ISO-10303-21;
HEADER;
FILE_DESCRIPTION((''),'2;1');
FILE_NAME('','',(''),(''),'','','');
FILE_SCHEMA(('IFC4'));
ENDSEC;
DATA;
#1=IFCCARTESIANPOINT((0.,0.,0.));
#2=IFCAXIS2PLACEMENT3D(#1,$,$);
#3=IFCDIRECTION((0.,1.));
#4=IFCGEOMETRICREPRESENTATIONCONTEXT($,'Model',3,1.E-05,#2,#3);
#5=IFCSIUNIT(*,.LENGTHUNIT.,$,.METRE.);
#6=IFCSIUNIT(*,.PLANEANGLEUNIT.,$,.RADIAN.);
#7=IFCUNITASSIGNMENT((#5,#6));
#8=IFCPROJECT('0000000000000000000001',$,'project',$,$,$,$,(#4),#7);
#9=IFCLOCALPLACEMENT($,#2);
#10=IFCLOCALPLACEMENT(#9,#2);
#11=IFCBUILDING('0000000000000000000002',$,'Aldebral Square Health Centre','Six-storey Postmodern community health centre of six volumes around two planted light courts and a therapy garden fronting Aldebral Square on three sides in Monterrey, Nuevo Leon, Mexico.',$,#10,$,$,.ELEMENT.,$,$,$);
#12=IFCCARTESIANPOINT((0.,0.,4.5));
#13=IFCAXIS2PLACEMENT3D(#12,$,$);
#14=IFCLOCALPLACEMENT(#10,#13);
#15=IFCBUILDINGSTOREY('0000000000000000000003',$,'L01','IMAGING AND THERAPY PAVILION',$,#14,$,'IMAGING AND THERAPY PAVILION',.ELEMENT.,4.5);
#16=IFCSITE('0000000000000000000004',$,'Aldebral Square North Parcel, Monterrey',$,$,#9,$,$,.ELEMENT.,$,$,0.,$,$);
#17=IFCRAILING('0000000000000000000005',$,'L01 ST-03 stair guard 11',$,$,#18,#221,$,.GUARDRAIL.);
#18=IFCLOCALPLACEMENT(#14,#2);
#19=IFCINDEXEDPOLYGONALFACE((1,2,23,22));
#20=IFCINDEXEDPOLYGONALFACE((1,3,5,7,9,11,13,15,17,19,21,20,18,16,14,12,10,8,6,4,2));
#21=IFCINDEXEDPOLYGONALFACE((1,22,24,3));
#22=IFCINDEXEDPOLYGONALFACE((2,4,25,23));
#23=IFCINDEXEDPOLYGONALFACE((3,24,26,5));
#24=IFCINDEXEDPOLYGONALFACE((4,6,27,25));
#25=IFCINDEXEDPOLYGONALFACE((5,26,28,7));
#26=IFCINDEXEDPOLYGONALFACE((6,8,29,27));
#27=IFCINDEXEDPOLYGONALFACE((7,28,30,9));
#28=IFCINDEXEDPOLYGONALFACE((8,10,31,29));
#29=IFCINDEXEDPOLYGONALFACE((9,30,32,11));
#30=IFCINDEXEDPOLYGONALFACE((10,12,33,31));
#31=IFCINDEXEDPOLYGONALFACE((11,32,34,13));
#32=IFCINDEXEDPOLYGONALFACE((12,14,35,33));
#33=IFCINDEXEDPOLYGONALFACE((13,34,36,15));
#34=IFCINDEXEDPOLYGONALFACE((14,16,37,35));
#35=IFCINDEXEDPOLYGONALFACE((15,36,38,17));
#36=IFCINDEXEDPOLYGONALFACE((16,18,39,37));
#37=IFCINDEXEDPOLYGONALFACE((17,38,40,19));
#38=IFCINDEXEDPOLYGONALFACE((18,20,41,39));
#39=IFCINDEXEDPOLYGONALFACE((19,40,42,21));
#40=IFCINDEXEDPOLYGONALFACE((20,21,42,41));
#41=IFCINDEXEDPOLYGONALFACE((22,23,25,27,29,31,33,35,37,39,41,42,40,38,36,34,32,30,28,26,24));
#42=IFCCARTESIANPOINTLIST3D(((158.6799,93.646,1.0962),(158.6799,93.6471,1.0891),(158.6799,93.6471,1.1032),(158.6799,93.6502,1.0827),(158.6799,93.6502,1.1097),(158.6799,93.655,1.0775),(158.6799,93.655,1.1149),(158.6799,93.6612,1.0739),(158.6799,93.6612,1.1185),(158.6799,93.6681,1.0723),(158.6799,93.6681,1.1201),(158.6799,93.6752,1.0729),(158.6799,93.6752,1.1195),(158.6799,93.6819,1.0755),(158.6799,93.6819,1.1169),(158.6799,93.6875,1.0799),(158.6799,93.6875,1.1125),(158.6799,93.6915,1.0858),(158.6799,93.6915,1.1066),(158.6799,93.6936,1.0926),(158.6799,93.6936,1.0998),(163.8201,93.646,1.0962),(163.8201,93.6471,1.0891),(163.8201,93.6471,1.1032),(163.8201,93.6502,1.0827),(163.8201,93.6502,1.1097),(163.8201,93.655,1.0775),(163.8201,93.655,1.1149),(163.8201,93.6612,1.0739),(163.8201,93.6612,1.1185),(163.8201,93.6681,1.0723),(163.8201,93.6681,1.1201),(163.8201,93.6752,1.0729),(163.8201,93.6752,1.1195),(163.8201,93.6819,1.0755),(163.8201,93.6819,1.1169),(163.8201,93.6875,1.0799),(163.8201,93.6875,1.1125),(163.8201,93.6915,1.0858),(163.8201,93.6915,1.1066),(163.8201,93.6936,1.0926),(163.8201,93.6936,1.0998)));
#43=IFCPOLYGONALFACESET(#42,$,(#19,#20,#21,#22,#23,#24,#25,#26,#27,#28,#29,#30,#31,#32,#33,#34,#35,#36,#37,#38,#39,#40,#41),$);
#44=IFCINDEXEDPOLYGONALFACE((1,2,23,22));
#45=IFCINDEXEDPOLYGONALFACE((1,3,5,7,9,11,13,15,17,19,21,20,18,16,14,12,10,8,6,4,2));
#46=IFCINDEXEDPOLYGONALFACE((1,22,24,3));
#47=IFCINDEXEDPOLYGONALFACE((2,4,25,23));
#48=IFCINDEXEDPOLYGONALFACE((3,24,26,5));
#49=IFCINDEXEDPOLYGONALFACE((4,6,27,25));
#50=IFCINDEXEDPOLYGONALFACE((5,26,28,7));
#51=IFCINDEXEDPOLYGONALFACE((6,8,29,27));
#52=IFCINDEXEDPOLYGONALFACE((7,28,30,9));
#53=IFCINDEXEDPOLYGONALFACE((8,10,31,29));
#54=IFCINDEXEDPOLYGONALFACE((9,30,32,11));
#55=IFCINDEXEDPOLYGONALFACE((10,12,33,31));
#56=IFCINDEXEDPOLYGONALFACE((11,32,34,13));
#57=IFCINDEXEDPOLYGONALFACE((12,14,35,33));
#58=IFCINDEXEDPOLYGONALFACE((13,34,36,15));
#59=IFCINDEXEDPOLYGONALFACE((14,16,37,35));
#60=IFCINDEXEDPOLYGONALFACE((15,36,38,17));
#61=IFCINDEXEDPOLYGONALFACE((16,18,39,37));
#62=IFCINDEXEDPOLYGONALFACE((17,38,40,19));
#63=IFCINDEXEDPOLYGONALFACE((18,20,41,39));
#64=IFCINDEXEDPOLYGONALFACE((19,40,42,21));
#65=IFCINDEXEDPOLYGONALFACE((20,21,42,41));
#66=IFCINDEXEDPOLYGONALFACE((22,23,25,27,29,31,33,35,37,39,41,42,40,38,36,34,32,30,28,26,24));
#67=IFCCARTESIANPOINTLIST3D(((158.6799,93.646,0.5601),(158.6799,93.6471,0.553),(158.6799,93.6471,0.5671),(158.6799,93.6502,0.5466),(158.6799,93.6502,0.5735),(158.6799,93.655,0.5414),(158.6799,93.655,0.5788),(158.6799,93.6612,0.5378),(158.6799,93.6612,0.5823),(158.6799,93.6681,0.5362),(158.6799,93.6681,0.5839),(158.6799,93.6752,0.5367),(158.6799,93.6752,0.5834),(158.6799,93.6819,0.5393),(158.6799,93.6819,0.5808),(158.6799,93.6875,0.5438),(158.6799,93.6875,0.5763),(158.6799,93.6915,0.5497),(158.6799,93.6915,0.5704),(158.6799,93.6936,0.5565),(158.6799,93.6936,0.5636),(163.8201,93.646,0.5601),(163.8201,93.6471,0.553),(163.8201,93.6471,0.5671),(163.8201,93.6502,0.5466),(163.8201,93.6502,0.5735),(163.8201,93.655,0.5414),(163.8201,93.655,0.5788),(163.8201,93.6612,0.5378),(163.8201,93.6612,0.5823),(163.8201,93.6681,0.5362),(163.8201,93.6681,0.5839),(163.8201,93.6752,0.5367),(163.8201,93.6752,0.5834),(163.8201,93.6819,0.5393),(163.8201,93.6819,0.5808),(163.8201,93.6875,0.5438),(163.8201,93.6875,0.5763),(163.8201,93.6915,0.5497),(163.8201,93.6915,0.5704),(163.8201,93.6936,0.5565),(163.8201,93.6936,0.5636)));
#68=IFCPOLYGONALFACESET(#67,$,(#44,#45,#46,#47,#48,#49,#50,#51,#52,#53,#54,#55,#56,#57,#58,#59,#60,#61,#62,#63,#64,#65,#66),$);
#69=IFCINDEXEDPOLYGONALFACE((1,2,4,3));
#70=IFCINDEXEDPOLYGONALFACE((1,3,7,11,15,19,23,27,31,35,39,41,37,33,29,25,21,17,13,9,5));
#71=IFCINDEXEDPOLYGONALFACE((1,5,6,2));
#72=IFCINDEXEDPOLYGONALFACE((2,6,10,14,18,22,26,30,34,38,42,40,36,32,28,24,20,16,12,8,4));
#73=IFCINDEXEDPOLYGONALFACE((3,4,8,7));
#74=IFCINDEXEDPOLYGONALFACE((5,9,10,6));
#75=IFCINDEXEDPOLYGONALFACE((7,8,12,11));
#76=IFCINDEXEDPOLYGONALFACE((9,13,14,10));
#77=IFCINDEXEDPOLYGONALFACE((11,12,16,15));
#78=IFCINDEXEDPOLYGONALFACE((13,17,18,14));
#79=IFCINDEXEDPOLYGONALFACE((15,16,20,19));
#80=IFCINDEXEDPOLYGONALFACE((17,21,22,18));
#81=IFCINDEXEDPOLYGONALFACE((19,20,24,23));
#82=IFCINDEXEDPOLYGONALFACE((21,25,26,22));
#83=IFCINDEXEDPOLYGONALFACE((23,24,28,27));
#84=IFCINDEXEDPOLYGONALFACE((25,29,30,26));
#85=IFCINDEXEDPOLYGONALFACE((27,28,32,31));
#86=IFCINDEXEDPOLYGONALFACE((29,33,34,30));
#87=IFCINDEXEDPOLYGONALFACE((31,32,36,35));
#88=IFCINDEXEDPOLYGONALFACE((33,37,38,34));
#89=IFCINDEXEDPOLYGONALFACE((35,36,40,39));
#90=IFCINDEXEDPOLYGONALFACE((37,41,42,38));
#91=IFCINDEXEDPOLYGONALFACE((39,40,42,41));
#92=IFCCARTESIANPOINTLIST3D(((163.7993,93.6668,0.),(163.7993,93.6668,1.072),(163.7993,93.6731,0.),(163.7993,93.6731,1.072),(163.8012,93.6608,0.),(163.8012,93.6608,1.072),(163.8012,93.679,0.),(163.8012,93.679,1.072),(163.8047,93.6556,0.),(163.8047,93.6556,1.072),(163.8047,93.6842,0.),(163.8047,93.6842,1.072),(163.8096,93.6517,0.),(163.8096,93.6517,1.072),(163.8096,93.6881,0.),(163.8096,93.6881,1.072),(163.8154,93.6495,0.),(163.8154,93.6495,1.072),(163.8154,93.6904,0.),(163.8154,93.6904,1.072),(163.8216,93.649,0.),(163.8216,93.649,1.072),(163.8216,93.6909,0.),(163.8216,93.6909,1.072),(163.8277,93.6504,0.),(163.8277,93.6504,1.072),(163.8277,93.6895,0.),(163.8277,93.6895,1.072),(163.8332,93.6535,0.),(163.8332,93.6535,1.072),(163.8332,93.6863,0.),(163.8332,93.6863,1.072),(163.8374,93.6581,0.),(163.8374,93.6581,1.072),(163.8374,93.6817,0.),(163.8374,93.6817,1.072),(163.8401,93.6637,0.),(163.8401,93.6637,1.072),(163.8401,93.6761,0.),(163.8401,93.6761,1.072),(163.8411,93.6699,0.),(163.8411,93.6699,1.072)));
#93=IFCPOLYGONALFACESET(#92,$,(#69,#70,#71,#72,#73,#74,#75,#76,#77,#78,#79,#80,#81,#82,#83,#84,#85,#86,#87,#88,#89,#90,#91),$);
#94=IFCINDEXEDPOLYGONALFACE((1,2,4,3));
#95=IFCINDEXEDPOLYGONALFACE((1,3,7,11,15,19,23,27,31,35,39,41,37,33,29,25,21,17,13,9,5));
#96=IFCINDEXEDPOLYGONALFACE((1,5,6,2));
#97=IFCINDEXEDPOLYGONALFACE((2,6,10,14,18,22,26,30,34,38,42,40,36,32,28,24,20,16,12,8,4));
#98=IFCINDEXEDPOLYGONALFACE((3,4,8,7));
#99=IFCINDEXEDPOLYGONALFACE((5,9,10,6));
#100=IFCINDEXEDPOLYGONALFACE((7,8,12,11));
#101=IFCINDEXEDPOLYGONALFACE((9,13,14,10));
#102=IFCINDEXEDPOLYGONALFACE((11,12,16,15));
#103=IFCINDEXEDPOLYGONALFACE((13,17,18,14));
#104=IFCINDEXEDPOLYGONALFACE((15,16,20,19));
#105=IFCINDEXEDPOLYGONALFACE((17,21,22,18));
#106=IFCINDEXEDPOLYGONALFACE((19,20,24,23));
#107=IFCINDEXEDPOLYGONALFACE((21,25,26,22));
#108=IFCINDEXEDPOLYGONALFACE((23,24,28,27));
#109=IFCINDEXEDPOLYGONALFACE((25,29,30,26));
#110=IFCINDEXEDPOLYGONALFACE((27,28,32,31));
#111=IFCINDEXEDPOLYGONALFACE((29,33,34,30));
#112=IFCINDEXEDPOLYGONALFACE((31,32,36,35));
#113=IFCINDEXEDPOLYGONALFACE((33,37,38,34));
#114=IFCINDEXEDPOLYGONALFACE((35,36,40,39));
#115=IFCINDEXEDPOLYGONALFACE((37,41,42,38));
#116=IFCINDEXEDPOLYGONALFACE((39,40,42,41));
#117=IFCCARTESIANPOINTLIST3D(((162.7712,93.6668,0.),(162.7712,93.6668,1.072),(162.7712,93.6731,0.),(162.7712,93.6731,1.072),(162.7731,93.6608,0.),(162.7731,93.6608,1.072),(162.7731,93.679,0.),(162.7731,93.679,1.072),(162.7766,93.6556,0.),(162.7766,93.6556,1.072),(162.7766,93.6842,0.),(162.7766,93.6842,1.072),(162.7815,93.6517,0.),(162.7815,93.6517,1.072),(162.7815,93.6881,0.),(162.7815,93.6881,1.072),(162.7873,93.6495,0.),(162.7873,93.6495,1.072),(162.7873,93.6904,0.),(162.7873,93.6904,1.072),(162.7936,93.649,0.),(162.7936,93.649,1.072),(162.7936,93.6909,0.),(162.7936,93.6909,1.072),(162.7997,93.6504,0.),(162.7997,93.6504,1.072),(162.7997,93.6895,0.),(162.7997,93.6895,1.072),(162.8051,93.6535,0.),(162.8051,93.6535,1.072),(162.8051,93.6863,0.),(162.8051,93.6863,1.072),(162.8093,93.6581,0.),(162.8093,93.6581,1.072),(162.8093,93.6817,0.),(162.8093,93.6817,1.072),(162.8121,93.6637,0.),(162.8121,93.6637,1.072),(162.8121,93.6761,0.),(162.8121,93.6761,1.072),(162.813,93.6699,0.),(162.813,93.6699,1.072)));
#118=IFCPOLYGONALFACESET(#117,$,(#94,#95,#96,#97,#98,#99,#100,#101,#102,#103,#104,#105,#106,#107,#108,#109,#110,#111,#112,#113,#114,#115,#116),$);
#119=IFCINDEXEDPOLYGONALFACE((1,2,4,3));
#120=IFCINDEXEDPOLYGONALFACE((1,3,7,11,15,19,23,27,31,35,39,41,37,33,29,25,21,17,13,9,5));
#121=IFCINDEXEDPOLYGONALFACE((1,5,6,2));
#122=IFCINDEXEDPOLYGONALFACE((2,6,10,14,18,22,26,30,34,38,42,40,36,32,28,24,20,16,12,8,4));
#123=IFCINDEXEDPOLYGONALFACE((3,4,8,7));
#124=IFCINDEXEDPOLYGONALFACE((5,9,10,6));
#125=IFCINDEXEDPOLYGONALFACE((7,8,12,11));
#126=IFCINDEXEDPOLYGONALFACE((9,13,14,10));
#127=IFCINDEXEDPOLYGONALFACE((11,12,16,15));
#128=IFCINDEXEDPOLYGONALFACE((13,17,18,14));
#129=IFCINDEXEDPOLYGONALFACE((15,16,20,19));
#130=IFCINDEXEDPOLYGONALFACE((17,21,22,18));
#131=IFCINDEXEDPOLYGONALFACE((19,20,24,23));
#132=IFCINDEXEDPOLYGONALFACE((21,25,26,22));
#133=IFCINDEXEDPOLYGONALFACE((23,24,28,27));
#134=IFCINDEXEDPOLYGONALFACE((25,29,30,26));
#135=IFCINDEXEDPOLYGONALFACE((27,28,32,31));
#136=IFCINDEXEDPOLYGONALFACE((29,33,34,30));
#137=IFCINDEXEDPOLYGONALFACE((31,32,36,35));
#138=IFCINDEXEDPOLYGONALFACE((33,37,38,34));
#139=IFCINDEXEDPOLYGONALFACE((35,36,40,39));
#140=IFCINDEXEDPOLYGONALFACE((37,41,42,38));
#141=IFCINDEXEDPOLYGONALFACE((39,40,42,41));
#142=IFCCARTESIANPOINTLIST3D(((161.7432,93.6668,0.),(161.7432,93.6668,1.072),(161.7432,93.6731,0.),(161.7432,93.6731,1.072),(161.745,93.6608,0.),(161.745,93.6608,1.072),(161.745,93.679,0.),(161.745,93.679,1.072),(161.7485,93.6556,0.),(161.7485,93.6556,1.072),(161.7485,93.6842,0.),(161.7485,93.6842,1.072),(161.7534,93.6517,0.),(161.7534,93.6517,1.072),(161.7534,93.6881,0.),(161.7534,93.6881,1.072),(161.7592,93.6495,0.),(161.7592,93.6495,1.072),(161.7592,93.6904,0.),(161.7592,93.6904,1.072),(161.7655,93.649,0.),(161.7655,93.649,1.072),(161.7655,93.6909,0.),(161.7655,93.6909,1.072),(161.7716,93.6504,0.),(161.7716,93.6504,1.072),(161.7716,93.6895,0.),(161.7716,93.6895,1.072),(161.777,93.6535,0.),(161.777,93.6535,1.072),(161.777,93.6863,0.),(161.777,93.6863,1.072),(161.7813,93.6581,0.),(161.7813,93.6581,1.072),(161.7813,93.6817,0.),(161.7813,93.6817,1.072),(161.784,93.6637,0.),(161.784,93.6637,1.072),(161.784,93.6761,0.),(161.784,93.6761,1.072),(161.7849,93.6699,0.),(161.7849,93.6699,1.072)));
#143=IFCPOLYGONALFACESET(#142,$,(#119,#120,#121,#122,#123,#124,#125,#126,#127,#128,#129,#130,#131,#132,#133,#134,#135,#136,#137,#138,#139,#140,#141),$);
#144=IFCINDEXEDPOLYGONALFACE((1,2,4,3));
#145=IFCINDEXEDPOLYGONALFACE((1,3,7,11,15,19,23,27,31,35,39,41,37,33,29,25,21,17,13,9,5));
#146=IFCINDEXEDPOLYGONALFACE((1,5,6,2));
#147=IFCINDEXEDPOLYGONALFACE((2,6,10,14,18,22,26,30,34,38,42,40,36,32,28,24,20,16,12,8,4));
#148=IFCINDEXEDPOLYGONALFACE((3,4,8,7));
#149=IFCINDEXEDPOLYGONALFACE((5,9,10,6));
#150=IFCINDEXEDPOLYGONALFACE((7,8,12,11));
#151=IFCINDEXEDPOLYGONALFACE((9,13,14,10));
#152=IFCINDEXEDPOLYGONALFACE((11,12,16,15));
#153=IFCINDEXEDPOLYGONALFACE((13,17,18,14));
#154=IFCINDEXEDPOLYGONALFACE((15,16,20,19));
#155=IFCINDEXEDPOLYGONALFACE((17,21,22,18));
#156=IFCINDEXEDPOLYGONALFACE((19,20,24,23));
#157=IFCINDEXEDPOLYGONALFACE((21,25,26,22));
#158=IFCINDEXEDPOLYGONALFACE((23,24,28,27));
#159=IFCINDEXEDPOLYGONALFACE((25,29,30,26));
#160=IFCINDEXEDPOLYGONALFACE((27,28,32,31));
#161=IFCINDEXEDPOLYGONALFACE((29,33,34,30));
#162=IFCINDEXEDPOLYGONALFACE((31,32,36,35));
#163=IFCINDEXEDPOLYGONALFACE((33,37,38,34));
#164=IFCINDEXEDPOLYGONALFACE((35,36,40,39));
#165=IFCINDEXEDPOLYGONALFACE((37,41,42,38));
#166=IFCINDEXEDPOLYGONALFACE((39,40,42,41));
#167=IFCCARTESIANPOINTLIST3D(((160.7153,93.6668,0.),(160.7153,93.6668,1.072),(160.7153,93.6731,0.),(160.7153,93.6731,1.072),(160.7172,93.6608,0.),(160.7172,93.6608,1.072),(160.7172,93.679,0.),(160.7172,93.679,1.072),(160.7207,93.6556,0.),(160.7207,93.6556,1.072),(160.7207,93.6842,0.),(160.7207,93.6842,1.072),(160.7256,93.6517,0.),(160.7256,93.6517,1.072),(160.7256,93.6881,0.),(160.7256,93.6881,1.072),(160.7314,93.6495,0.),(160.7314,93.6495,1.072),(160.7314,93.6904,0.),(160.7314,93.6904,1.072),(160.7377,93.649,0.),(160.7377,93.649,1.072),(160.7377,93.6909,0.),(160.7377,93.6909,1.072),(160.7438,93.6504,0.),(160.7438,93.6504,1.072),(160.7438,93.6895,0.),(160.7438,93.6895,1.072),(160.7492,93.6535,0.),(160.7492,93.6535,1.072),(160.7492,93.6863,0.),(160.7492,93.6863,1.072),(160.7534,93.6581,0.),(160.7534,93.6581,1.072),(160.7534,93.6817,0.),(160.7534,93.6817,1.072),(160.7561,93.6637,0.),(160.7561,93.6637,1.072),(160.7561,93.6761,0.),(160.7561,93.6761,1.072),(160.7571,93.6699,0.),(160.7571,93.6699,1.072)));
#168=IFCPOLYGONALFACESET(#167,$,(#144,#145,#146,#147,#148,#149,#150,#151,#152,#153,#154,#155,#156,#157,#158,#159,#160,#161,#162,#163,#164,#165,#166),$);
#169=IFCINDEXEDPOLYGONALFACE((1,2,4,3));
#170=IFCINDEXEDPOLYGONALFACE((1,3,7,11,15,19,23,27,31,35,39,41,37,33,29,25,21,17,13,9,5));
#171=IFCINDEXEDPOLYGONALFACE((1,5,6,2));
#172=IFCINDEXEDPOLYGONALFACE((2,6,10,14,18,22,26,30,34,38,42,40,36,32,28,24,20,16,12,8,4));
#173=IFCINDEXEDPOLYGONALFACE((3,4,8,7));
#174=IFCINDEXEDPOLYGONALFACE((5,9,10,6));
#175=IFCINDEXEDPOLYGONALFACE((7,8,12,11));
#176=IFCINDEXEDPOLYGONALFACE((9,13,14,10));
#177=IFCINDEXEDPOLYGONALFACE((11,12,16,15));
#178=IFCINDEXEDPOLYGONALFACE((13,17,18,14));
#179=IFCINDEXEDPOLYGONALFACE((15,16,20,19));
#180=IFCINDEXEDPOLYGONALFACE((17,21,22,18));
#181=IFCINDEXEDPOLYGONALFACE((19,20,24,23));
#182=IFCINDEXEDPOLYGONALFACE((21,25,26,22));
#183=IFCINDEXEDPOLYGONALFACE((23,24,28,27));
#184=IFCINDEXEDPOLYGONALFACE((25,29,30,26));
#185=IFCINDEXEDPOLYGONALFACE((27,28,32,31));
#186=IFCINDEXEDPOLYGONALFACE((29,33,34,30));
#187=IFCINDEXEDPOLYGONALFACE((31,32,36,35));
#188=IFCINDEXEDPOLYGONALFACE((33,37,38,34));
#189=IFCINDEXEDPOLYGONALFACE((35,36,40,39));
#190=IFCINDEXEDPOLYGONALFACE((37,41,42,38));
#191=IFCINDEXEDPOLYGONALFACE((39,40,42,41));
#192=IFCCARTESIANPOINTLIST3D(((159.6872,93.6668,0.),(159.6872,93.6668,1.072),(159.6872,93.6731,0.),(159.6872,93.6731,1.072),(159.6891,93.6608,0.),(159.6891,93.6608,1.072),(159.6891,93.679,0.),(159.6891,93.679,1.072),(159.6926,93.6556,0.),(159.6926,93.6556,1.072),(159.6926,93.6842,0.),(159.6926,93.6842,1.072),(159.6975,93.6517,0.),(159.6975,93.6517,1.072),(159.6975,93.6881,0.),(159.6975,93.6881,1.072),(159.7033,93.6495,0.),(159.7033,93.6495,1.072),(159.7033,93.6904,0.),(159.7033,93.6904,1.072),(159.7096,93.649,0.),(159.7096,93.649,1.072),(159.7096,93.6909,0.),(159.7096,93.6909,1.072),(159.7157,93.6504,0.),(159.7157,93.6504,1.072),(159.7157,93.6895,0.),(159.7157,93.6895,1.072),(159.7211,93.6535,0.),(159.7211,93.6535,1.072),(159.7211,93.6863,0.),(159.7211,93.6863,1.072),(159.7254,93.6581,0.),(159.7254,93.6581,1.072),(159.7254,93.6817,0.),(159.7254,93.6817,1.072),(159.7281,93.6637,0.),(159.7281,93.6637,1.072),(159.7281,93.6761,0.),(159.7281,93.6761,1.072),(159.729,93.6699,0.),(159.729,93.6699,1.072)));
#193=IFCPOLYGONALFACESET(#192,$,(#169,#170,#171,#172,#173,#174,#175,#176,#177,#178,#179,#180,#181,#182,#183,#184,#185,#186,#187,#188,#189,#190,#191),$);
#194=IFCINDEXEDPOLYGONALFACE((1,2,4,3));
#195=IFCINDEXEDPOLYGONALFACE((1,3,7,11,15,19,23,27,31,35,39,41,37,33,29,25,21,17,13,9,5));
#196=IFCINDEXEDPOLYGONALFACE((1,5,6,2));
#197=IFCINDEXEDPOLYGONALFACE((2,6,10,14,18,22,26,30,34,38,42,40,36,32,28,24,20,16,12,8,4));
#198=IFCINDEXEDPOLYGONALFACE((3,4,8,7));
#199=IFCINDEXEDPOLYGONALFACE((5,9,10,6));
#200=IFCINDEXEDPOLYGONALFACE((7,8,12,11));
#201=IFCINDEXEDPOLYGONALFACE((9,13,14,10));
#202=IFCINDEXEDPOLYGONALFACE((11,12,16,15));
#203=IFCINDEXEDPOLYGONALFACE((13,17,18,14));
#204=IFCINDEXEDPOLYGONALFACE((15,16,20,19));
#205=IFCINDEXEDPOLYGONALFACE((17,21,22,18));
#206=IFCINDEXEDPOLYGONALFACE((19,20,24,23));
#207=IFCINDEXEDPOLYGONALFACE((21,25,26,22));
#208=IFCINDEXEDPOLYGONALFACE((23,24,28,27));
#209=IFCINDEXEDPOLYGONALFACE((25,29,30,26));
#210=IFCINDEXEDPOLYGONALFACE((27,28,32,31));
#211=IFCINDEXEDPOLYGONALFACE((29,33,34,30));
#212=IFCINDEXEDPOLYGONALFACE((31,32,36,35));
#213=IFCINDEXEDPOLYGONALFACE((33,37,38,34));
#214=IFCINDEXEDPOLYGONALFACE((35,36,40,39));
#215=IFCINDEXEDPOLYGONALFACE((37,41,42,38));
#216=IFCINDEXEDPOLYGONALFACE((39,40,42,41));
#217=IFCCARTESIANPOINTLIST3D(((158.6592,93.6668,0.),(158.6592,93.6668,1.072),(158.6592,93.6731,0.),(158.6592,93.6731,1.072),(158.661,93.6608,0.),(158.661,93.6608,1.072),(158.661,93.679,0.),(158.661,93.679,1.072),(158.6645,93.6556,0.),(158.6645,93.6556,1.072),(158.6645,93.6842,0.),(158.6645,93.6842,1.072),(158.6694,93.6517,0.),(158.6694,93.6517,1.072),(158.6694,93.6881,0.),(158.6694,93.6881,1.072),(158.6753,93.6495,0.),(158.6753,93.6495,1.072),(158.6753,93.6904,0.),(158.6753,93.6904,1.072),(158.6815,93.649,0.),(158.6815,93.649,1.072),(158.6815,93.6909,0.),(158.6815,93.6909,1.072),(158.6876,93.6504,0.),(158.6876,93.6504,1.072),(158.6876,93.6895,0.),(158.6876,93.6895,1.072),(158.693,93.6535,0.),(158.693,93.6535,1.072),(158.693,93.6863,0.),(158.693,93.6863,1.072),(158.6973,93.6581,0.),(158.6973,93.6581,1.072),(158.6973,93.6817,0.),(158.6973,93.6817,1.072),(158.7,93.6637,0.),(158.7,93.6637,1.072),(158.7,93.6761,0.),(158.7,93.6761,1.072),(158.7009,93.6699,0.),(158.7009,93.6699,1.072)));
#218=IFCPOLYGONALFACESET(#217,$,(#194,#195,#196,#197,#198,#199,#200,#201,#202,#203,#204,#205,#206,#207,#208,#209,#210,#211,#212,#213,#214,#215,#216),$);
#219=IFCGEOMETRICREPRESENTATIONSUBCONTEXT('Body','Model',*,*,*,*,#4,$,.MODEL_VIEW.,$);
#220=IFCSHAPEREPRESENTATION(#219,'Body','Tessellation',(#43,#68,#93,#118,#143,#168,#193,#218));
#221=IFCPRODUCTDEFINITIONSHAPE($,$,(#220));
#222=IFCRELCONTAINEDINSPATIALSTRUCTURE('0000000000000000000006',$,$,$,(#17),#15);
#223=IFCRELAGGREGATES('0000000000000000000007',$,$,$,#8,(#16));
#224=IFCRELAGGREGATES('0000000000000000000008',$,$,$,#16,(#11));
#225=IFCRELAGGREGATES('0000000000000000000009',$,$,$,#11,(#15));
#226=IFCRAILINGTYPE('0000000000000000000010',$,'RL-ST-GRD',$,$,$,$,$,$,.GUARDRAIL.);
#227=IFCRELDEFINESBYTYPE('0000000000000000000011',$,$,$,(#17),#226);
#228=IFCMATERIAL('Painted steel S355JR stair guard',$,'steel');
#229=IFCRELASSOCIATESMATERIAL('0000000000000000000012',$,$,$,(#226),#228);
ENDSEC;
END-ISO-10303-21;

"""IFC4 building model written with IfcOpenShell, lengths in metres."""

from ifc_helpers import new_model, si_unit, direction, frame, origin, origin_2d, place, context, subcontext, project, spatial, circle, extrude, material, type_object, element, save


model = new_model("IFC4")

# Units and contexts
model_context = context("Model", 3, precision=1e-05, world=origin(), true_north=direction((0.0, 1.0)))
body_context = subcontext(model_context, "Body", "Model", "MODEL_VIEW")
ifc_project = project(units=[si_unit("LENGTHUNIT", "METRE"), si_unit("PLANEANGLEUNIT", "RADIAN")], contexts=[model_context])

# Site, building, storey
site_placement = place(None, origin())
site = spatial("IfcSite", under=ifc_project, at=site_placement, Name="Aldebral Square North Parcel, Monterrey", CompositionType="ELEMENT", RefElevation=0.0)
building_placement = place(site_placement, origin())
building = spatial("IfcBuilding", under=site, at=building_placement, Name="Aldebral Square Health Centre", Description="Six-storey Postmodern community health centre of six volumes around two planted light courts and a therapy garden fronting Aldebral Square on three sides in Monterrey, Nuevo Leon, Mexico.", CompositionType="ELEMENT")
storey_placement = place(building_placement, frame((0.0, 0.0, 4.5)))
storey = spatial("IfcBuildingStorey", under=building, at=storey_placement, Name="L01", Description="IMAGING AND THERAPY PAVILION", LongName="IMAGING AND THERAPY PAVILION", CompositionType="ELEMENT", Elevation=4.5)

# Railing
ifc_material_1 = material(Name="Painted steel S355JR stair guard", Category="steel")
railing_type_1 = type_object("IfcRailingType", Name="RL-ST-GRD", PredefinedType="GUARDRAIL", material=ifc_material_1)
railing_1_placement = place(storey_placement, frame((163.8201, 93.6699, 0.0)))
element("IfcRailing", 1, at=railing_1_placement, inside=storey, type_object=railing_type_1, Name="L01 ST-03 stair guard 11", PredefinedType="GUARDRAIL", context=body_context, shape_type="SweptSolid", body=[
    extrude(circle(Radius=0.0239, at=origin_2d()), frame((0.0, 0.0, 1.0962), z_axis=(-1.0, 0.0, 0.0), x_axis=(0.0, -1.0, 0.0)), (0.0, 0.0, 1.0), 5.1401),
    extrude(circle(Radius=0.0239, at=origin_2d()), frame((0.0, 0.0, 0.5601), z_axis=(-1.0, 0.0, 0.0), x_axis=(0.0, -1.0, 0.0)), (0.0, 0.0, 1.0), 5.1401),
    extrude(circle(Radius=0.021, at=origin_2d()), origin(), (0.0, 0.0, 1.0), 1.072),
    extrude(circle(Radius=0.021, at=origin_2d()), frame((-1.0281, 0.0, 0.0)), (0.0, 0.0, 1.0), 1.072),
    extrude(circle(Radius=0.021, at=origin_2d()), frame((-2.0562, 0.0, 0.0)), (0.0, 0.0, 1.0), 1.072),
    extrude(circle(Radius=0.021, at=origin_2d()), frame((-3.084, 0.0, 0.0)), (0.0, 0.0, 1.0), 1.072),
    extrude(circle(Radius=0.021, at=origin_2d()), frame((-4.1121, 0.0, 0.0)), (0.0, 0.0, 1.0), 1.072),
    extrude(circle(Radius=0.021, at=origin_2d()), frame((-5.1401, 0.0, 0.0)), (0.0, 0.0, 1.0), 1.072),
])

save(model, "model.ifc")
